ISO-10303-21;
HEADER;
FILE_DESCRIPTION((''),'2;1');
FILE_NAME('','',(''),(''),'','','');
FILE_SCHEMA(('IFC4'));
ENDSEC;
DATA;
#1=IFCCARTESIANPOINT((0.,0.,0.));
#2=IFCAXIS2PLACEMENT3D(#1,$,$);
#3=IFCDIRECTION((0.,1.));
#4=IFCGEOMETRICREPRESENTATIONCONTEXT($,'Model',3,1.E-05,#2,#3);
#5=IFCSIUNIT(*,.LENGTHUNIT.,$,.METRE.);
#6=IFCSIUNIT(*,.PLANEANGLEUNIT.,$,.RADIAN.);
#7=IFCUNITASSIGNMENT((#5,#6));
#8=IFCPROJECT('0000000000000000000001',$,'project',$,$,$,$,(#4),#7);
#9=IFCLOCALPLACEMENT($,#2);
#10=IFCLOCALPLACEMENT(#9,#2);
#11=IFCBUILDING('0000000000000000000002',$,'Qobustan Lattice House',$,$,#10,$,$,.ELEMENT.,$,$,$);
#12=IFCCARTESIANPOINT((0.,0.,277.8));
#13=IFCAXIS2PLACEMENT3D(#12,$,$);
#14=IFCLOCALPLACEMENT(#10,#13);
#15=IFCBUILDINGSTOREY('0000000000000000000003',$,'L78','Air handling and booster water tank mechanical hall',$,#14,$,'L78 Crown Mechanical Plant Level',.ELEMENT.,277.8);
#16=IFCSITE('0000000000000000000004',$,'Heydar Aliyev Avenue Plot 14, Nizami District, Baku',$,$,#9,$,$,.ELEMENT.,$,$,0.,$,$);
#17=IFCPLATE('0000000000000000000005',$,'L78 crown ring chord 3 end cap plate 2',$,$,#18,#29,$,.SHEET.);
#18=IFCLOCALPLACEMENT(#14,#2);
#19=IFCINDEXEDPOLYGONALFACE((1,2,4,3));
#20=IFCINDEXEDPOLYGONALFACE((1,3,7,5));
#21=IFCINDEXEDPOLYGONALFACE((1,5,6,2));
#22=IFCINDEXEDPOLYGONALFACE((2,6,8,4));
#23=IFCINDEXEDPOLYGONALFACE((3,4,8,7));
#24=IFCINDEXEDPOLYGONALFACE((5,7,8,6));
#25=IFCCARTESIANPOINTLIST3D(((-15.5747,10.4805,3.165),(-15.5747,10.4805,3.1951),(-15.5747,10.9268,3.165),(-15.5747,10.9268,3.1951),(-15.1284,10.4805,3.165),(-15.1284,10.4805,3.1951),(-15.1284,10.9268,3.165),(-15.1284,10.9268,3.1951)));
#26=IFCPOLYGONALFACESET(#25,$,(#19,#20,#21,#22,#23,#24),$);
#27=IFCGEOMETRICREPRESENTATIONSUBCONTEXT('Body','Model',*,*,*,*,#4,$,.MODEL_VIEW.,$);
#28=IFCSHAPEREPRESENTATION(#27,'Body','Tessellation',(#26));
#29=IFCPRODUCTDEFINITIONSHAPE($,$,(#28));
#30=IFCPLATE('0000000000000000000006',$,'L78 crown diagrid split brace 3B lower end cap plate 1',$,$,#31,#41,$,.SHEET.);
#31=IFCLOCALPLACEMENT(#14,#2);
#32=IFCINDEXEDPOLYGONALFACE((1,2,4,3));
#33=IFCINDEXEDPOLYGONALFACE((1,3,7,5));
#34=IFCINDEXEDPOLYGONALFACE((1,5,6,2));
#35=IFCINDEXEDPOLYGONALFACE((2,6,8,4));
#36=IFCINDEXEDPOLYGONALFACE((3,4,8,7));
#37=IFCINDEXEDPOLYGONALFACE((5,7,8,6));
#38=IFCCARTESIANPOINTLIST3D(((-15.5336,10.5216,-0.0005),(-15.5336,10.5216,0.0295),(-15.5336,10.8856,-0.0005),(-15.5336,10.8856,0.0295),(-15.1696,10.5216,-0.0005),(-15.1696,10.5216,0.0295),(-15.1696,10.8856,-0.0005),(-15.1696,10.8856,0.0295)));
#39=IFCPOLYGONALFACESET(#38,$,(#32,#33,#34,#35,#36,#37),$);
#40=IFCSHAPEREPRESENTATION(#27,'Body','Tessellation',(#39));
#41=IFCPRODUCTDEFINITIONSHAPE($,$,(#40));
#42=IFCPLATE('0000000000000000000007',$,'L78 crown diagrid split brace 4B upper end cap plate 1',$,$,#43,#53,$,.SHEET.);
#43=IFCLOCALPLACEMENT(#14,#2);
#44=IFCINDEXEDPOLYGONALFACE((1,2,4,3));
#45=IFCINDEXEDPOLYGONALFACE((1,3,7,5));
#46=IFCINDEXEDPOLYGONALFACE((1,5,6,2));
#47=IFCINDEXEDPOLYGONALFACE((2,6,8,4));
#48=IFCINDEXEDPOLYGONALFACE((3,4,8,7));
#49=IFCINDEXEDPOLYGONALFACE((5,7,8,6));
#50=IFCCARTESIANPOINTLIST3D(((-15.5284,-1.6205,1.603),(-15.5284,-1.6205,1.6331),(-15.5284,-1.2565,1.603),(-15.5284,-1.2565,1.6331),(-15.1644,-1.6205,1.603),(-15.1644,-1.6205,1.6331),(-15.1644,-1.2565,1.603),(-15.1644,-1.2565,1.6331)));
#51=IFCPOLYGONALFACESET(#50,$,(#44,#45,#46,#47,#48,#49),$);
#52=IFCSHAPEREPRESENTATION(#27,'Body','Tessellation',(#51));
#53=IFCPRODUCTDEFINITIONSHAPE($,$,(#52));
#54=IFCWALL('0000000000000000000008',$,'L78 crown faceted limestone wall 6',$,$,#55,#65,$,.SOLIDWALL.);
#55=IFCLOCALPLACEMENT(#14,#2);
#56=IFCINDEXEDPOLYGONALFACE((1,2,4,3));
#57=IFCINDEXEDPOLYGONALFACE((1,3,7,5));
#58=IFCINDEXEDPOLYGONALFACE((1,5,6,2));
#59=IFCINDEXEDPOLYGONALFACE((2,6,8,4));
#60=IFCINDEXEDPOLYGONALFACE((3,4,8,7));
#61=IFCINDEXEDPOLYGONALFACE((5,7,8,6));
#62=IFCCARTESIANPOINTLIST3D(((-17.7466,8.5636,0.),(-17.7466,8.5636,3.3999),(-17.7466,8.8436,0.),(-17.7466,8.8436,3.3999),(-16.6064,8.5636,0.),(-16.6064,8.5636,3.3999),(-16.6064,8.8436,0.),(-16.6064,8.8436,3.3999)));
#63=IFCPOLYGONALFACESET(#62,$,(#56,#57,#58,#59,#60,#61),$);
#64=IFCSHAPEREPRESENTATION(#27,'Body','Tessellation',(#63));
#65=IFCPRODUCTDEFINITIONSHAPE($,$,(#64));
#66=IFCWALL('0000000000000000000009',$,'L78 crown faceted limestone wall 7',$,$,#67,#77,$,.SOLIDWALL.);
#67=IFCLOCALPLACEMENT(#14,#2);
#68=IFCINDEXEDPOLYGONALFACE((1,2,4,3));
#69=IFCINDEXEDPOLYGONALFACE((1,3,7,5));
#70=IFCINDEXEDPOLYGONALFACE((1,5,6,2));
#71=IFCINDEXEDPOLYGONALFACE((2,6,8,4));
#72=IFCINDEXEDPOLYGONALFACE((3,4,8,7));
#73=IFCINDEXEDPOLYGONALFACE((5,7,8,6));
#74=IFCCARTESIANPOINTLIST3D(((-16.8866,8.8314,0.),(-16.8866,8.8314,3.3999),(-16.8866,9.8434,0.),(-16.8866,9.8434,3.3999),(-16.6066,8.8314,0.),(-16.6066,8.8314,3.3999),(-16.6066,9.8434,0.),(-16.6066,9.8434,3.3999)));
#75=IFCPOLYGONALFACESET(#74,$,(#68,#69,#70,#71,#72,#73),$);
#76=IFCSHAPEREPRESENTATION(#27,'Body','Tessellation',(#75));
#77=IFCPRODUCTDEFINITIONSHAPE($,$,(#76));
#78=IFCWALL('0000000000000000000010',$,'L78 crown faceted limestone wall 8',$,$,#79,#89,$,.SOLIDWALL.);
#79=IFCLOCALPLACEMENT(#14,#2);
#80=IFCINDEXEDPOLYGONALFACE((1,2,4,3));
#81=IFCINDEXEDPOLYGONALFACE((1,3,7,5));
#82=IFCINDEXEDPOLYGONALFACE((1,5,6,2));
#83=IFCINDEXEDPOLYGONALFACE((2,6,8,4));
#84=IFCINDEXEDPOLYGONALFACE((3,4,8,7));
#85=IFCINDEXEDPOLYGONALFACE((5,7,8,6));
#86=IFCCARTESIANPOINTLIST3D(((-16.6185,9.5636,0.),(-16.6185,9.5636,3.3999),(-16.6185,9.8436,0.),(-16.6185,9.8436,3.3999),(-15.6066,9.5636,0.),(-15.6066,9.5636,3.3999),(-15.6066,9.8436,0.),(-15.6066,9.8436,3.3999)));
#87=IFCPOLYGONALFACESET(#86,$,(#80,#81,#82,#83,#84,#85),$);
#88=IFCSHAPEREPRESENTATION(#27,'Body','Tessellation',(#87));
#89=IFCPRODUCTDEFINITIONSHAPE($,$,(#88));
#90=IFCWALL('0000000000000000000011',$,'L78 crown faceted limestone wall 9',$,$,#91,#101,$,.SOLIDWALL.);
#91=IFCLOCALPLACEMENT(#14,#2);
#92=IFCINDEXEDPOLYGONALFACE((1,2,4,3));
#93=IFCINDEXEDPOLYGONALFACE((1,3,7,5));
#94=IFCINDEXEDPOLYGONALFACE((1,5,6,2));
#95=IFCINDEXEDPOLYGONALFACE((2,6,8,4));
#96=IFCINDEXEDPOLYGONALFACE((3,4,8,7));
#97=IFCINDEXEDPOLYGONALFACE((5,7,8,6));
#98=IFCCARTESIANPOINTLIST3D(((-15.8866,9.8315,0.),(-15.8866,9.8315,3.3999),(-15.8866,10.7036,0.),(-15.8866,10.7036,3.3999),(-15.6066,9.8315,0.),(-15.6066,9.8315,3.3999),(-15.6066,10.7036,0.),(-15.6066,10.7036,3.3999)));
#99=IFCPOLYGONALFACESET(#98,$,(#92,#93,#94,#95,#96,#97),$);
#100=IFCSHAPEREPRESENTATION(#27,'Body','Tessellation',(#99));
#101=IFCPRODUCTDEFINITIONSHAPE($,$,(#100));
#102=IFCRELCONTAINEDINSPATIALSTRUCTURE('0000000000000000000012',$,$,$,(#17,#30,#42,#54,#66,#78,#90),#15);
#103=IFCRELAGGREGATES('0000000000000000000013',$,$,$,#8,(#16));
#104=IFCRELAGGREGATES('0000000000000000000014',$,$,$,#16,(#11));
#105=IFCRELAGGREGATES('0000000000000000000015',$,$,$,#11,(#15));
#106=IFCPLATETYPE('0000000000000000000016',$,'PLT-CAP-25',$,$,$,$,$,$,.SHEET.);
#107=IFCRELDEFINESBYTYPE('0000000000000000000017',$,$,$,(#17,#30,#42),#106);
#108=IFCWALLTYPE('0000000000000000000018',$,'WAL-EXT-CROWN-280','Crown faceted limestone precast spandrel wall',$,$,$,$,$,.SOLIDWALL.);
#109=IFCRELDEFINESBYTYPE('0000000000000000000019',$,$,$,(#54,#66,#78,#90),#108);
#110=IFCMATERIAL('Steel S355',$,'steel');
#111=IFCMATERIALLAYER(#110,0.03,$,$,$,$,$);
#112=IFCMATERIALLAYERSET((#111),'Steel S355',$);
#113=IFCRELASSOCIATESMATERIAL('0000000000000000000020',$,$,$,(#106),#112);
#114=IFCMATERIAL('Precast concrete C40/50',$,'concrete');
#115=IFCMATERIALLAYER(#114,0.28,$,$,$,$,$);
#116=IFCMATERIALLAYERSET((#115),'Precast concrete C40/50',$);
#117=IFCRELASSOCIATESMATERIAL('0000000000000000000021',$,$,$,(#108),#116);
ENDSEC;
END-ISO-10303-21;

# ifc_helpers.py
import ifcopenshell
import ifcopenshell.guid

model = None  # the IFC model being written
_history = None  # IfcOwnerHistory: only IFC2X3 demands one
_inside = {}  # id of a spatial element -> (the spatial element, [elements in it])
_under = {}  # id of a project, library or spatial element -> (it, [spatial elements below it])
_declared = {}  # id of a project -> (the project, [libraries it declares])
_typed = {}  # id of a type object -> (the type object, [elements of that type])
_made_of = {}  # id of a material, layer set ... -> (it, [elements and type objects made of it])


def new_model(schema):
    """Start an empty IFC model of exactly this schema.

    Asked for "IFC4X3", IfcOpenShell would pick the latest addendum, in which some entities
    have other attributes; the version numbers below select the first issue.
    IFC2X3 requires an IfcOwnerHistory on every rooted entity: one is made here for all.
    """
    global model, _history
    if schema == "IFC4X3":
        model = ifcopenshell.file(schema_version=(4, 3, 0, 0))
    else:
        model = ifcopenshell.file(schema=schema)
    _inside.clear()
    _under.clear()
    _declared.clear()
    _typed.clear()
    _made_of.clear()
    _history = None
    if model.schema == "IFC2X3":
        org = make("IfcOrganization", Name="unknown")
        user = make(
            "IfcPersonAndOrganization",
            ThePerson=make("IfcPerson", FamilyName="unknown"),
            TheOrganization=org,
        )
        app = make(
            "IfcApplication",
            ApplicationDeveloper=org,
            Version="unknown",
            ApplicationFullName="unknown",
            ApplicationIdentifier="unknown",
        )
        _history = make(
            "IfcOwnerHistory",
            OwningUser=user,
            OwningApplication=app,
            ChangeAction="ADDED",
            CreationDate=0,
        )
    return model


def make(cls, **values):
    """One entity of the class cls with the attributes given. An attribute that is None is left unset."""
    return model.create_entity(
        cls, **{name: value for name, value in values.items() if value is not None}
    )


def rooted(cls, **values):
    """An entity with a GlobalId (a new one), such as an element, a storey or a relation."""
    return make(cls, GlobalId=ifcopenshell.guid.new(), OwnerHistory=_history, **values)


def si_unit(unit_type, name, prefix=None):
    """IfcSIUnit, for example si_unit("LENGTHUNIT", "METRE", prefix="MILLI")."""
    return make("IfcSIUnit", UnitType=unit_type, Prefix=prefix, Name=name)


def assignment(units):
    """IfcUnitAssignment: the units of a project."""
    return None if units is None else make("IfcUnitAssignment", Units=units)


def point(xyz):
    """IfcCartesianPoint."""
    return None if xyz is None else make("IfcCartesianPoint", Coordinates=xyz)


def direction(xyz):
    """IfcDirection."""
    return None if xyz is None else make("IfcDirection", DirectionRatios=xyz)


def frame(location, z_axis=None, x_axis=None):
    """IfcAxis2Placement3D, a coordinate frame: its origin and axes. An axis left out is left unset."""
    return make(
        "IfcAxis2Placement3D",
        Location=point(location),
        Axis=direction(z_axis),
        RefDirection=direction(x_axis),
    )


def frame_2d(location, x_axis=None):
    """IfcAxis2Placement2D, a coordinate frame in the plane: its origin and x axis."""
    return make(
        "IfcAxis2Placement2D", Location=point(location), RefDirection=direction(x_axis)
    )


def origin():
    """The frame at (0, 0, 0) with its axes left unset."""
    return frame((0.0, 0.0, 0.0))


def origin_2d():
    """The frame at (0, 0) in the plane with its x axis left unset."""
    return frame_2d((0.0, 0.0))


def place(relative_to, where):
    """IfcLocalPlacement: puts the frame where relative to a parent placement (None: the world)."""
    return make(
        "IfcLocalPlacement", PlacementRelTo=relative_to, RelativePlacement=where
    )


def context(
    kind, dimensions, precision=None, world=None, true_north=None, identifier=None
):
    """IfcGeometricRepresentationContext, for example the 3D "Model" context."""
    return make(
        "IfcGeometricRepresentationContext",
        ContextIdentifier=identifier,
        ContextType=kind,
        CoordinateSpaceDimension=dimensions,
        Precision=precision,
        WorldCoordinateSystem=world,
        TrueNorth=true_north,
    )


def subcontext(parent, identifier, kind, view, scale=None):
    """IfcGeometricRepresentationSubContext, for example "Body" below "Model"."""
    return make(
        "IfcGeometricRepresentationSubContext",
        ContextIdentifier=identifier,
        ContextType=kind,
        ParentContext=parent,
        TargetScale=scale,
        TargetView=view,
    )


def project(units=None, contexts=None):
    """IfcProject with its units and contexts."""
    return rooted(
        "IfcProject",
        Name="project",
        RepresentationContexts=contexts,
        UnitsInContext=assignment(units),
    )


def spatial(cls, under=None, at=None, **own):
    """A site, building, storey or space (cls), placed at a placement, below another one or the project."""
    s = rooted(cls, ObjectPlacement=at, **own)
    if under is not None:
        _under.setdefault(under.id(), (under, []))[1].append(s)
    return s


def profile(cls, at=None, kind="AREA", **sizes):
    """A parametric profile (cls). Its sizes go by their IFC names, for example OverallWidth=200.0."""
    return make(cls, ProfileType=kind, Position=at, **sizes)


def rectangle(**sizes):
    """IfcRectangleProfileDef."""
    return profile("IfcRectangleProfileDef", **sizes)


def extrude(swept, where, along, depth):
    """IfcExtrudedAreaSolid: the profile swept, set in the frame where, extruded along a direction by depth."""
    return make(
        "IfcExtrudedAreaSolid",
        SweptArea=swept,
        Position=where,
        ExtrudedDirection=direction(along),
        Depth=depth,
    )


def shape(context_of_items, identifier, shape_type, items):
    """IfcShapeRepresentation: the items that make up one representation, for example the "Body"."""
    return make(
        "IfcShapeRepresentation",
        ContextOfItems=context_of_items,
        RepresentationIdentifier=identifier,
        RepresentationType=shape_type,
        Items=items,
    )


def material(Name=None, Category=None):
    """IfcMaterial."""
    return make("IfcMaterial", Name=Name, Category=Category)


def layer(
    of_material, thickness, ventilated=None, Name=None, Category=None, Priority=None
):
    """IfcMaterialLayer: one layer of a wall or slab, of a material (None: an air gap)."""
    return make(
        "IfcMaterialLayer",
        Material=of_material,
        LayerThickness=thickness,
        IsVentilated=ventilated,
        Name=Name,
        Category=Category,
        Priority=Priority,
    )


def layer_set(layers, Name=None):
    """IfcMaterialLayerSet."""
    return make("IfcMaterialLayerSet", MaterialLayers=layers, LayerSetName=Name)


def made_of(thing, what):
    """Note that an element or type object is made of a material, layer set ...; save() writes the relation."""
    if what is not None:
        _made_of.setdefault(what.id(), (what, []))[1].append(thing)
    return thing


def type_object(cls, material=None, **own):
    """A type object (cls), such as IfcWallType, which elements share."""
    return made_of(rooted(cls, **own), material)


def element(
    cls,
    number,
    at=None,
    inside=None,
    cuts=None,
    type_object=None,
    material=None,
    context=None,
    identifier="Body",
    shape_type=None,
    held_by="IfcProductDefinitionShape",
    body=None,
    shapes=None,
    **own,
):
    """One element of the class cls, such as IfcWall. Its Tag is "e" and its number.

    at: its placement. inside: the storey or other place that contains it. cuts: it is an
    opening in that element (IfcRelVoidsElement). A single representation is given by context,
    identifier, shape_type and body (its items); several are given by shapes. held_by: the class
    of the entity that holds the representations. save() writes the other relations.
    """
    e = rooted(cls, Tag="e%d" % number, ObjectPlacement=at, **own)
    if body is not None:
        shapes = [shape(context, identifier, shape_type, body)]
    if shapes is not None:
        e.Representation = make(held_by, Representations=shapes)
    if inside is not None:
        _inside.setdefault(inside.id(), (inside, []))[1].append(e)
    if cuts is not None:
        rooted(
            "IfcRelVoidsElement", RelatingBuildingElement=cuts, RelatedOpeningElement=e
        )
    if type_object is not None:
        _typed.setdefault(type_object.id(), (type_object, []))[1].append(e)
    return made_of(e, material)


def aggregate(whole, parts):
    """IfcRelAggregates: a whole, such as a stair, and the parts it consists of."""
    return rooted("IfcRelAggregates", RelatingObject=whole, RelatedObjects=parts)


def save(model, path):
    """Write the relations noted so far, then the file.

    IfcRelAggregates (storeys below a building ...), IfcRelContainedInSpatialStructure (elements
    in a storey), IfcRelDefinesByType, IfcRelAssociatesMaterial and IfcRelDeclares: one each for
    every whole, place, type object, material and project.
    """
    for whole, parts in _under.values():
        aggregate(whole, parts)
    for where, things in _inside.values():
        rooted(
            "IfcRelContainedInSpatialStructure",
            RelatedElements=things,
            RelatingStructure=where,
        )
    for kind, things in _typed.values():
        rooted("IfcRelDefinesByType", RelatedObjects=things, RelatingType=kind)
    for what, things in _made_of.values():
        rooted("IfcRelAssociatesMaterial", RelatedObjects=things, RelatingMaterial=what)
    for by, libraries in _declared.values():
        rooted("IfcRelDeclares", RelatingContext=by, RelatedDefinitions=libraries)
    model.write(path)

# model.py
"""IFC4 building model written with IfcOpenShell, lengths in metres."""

from ifc_helpers import new_model, si_unit, direction, frame, frame_2d, origin, origin_2d, place, context, subcontext, project, spatial, rectangle, extrude, material, layer, layer_set, type_object, element, save


model = new_model("IFC4")

# Units and contexts
model_context = context("Model", 3, precision=1e-05, world=origin(), true_north=direction((0.0, 1.0)))
body_context = subcontext(model_context, "Body", "Model", "MODEL_VIEW")
ifc_project = project(units=[si_unit("LENGTHUNIT", "METRE"), si_unit("PLANEANGLEUNIT", "RADIAN")], contexts=[model_context])

# Site, building, storey
site_placement = place(None, origin())
site = spatial("IfcSite", under=ifc_project, at=site_placement, Name="Heydar Aliyev Avenue Plot 14, Nizami District, Baku", CompositionType="ELEMENT", RefElevation=0.0)
building_placement = place(site_placement, origin())
building = spatial("IfcBuilding", under=site, at=building_placement, Name="Qobustan Lattice House", CompositionType="ELEMENT")
storey_placement = place(building_placement, frame((0.0, 0.0, 277.8)))
storey = spatial("IfcBuildingStorey", under=building, at=storey_placement, Name="L78", Description="Air handling and booster water tank mechanical hall", LongName="L78 Crown Mechanical Plant Level", CompositionType="ELEMENT", Elevation=277.8)

# Plates
ifc_material_1 = material(Name="Steel S355", Category="steel")
ifc_layer_1 = layer(ifc_material_1, 0.03)
ifc_layer_set_1 = layer_set([ifc_layer_1], Name="Steel S355")
plate_type_1 = type_object("IfcPlateType", Name="PLT-CAP-25", PredefinedType="SHEET", material=ifc_layer_set_1)
plate_1_placement = place(storey_placement, frame((-15.3516, 10.7036, 3.165), z_axis=(0.0, 0.0, 1.0), x_axis=(-1.0, 0.0, 0.0)))
element("IfcPlate", 1, at=plate_1_placement, inside=storey, type_object=plate_type_1, Name="L78 crown ring chord 3 end cap plate 2", PredefinedType="SHEET", context=body_context, shape_type="SweptSolid", body=[
    extrude(rectangle(XDim=0.4463, YDim=0.4463, at=origin_2d()), origin(), (0.0, 0.0, 1.0), 0.03),
])
for number, where, z_axis, x_axis, name in (
    (2, (-15.3516, 10.7036, -0.0005), (0.0, 0.0, 1.0), (1.0, 0.0, 0.0), "L78 crown diagrid split brace 3B lower end cap plate 1"),
    (3, (-15.3464, -1.4385, 1.603), (0.0, 0.0, 1.0), (0.0, 1.0, 0.0), "L78 crown diagrid split brace 4B upper end cap plate 1"),
):
    element("IfcPlate", number, at=place(storey_placement, frame(where, z_axis=z_axis, x_axis=x_axis)), inside=storey, type_object=plate_type_1, Name=name, PredefinedType="SHEET", context=body_context, shape_type="SweptSolid", body=[
        extrude(rectangle(XDim=0.364, YDim=0.364, at=origin_2d()), origin(), (0.0, 0.0, 1.0), 0.03),
    ])

# Walls
ifc_material_2 = material(Name="Precast concrete C40/50", Category="concrete")
ifc_layer_2 = layer(ifc_material_2, 0.28)
ifc_layer_set_2 = layer_set([ifc_layer_2], Name="Precast concrete C40/50")
wall_type = type_object("IfcWallType", Name="WAL-EXT-CROWN-280", Description="Crown faceted limestone precast spandrel wall", PredefinedType="SOLIDWALL", material=ifc_layer_set_2)
wall_1_placement = place(storey_placement, frame((-17.7466, 8.7036, 0.0), z_axis=(0.0, 0.0, 1.0), x_axis=(1.0, 0.0, 0.0)))
element("IfcWall", 4, at=wall_1_placement, inside=storey, type_object=wall_type, Name="L78 crown faceted limestone wall 6", PredefinedType="SOLIDWALL", context=body_context, shape_type="SweptSolid", body=[
    extrude(rectangle(XDim=1.1401, YDim=0.28, at=frame_2d((0.5701, 0.0))), origin(), (0.0, 0.0, 1.0), 3.3999),
])
for number, where, z_axis, x_axis, name in (
    (5, (-16.7466, 8.8315, 0.0), (0.0, 0.0, 1.0), (0.0, 1.0, 0.0), "L78 crown faceted limestone wall 7"),
    (6, (-16.6184, 9.7036, 0.0), (0.0, 0.0, 1.0), (1.0, 0.0, 0.0), "L78 crown faceted limestone wall 8"),
):
    element("IfcWall", number, at=place(storey_placement, frame(where, z_axis=z_axis, x_axis=x_axis)), inside=storey, type_object=wall_type, Name=name, PredefinedType="SOLIDWALL", context=body_context, shape_type="SweptSolid", body=[
        extrude(rectangle(XDim=1.012, YDim=0.28, at=frame_2d((0.5059, 0.0))), origin(), (0.0, 0.0, 1.0), 3.3999),
    ])
wall_2_placement = place(storey_placement, frame((-15.7466, 9.8315, 0.0), z_axis=(0.0, 0.0, 1.0), x_axis=(0.0, 1.0, 0.0)))
element("IfcWall", 7, at=wall_2_placement, inside=storey, type_object=wall_type, Name="L78 crown faceted limestone wall 9", PredefinedType="SOLIDWALL", context=body_context, shape_type="SweptSolid", body=[
    extrude(rectangle(XDim=0.8721, YDim=0.28, at=frame_2d((0.436, 0.0))), origin(), (0.0, 0.0, 1.0), 3.3999),
])

save(model, "model.ifc")
